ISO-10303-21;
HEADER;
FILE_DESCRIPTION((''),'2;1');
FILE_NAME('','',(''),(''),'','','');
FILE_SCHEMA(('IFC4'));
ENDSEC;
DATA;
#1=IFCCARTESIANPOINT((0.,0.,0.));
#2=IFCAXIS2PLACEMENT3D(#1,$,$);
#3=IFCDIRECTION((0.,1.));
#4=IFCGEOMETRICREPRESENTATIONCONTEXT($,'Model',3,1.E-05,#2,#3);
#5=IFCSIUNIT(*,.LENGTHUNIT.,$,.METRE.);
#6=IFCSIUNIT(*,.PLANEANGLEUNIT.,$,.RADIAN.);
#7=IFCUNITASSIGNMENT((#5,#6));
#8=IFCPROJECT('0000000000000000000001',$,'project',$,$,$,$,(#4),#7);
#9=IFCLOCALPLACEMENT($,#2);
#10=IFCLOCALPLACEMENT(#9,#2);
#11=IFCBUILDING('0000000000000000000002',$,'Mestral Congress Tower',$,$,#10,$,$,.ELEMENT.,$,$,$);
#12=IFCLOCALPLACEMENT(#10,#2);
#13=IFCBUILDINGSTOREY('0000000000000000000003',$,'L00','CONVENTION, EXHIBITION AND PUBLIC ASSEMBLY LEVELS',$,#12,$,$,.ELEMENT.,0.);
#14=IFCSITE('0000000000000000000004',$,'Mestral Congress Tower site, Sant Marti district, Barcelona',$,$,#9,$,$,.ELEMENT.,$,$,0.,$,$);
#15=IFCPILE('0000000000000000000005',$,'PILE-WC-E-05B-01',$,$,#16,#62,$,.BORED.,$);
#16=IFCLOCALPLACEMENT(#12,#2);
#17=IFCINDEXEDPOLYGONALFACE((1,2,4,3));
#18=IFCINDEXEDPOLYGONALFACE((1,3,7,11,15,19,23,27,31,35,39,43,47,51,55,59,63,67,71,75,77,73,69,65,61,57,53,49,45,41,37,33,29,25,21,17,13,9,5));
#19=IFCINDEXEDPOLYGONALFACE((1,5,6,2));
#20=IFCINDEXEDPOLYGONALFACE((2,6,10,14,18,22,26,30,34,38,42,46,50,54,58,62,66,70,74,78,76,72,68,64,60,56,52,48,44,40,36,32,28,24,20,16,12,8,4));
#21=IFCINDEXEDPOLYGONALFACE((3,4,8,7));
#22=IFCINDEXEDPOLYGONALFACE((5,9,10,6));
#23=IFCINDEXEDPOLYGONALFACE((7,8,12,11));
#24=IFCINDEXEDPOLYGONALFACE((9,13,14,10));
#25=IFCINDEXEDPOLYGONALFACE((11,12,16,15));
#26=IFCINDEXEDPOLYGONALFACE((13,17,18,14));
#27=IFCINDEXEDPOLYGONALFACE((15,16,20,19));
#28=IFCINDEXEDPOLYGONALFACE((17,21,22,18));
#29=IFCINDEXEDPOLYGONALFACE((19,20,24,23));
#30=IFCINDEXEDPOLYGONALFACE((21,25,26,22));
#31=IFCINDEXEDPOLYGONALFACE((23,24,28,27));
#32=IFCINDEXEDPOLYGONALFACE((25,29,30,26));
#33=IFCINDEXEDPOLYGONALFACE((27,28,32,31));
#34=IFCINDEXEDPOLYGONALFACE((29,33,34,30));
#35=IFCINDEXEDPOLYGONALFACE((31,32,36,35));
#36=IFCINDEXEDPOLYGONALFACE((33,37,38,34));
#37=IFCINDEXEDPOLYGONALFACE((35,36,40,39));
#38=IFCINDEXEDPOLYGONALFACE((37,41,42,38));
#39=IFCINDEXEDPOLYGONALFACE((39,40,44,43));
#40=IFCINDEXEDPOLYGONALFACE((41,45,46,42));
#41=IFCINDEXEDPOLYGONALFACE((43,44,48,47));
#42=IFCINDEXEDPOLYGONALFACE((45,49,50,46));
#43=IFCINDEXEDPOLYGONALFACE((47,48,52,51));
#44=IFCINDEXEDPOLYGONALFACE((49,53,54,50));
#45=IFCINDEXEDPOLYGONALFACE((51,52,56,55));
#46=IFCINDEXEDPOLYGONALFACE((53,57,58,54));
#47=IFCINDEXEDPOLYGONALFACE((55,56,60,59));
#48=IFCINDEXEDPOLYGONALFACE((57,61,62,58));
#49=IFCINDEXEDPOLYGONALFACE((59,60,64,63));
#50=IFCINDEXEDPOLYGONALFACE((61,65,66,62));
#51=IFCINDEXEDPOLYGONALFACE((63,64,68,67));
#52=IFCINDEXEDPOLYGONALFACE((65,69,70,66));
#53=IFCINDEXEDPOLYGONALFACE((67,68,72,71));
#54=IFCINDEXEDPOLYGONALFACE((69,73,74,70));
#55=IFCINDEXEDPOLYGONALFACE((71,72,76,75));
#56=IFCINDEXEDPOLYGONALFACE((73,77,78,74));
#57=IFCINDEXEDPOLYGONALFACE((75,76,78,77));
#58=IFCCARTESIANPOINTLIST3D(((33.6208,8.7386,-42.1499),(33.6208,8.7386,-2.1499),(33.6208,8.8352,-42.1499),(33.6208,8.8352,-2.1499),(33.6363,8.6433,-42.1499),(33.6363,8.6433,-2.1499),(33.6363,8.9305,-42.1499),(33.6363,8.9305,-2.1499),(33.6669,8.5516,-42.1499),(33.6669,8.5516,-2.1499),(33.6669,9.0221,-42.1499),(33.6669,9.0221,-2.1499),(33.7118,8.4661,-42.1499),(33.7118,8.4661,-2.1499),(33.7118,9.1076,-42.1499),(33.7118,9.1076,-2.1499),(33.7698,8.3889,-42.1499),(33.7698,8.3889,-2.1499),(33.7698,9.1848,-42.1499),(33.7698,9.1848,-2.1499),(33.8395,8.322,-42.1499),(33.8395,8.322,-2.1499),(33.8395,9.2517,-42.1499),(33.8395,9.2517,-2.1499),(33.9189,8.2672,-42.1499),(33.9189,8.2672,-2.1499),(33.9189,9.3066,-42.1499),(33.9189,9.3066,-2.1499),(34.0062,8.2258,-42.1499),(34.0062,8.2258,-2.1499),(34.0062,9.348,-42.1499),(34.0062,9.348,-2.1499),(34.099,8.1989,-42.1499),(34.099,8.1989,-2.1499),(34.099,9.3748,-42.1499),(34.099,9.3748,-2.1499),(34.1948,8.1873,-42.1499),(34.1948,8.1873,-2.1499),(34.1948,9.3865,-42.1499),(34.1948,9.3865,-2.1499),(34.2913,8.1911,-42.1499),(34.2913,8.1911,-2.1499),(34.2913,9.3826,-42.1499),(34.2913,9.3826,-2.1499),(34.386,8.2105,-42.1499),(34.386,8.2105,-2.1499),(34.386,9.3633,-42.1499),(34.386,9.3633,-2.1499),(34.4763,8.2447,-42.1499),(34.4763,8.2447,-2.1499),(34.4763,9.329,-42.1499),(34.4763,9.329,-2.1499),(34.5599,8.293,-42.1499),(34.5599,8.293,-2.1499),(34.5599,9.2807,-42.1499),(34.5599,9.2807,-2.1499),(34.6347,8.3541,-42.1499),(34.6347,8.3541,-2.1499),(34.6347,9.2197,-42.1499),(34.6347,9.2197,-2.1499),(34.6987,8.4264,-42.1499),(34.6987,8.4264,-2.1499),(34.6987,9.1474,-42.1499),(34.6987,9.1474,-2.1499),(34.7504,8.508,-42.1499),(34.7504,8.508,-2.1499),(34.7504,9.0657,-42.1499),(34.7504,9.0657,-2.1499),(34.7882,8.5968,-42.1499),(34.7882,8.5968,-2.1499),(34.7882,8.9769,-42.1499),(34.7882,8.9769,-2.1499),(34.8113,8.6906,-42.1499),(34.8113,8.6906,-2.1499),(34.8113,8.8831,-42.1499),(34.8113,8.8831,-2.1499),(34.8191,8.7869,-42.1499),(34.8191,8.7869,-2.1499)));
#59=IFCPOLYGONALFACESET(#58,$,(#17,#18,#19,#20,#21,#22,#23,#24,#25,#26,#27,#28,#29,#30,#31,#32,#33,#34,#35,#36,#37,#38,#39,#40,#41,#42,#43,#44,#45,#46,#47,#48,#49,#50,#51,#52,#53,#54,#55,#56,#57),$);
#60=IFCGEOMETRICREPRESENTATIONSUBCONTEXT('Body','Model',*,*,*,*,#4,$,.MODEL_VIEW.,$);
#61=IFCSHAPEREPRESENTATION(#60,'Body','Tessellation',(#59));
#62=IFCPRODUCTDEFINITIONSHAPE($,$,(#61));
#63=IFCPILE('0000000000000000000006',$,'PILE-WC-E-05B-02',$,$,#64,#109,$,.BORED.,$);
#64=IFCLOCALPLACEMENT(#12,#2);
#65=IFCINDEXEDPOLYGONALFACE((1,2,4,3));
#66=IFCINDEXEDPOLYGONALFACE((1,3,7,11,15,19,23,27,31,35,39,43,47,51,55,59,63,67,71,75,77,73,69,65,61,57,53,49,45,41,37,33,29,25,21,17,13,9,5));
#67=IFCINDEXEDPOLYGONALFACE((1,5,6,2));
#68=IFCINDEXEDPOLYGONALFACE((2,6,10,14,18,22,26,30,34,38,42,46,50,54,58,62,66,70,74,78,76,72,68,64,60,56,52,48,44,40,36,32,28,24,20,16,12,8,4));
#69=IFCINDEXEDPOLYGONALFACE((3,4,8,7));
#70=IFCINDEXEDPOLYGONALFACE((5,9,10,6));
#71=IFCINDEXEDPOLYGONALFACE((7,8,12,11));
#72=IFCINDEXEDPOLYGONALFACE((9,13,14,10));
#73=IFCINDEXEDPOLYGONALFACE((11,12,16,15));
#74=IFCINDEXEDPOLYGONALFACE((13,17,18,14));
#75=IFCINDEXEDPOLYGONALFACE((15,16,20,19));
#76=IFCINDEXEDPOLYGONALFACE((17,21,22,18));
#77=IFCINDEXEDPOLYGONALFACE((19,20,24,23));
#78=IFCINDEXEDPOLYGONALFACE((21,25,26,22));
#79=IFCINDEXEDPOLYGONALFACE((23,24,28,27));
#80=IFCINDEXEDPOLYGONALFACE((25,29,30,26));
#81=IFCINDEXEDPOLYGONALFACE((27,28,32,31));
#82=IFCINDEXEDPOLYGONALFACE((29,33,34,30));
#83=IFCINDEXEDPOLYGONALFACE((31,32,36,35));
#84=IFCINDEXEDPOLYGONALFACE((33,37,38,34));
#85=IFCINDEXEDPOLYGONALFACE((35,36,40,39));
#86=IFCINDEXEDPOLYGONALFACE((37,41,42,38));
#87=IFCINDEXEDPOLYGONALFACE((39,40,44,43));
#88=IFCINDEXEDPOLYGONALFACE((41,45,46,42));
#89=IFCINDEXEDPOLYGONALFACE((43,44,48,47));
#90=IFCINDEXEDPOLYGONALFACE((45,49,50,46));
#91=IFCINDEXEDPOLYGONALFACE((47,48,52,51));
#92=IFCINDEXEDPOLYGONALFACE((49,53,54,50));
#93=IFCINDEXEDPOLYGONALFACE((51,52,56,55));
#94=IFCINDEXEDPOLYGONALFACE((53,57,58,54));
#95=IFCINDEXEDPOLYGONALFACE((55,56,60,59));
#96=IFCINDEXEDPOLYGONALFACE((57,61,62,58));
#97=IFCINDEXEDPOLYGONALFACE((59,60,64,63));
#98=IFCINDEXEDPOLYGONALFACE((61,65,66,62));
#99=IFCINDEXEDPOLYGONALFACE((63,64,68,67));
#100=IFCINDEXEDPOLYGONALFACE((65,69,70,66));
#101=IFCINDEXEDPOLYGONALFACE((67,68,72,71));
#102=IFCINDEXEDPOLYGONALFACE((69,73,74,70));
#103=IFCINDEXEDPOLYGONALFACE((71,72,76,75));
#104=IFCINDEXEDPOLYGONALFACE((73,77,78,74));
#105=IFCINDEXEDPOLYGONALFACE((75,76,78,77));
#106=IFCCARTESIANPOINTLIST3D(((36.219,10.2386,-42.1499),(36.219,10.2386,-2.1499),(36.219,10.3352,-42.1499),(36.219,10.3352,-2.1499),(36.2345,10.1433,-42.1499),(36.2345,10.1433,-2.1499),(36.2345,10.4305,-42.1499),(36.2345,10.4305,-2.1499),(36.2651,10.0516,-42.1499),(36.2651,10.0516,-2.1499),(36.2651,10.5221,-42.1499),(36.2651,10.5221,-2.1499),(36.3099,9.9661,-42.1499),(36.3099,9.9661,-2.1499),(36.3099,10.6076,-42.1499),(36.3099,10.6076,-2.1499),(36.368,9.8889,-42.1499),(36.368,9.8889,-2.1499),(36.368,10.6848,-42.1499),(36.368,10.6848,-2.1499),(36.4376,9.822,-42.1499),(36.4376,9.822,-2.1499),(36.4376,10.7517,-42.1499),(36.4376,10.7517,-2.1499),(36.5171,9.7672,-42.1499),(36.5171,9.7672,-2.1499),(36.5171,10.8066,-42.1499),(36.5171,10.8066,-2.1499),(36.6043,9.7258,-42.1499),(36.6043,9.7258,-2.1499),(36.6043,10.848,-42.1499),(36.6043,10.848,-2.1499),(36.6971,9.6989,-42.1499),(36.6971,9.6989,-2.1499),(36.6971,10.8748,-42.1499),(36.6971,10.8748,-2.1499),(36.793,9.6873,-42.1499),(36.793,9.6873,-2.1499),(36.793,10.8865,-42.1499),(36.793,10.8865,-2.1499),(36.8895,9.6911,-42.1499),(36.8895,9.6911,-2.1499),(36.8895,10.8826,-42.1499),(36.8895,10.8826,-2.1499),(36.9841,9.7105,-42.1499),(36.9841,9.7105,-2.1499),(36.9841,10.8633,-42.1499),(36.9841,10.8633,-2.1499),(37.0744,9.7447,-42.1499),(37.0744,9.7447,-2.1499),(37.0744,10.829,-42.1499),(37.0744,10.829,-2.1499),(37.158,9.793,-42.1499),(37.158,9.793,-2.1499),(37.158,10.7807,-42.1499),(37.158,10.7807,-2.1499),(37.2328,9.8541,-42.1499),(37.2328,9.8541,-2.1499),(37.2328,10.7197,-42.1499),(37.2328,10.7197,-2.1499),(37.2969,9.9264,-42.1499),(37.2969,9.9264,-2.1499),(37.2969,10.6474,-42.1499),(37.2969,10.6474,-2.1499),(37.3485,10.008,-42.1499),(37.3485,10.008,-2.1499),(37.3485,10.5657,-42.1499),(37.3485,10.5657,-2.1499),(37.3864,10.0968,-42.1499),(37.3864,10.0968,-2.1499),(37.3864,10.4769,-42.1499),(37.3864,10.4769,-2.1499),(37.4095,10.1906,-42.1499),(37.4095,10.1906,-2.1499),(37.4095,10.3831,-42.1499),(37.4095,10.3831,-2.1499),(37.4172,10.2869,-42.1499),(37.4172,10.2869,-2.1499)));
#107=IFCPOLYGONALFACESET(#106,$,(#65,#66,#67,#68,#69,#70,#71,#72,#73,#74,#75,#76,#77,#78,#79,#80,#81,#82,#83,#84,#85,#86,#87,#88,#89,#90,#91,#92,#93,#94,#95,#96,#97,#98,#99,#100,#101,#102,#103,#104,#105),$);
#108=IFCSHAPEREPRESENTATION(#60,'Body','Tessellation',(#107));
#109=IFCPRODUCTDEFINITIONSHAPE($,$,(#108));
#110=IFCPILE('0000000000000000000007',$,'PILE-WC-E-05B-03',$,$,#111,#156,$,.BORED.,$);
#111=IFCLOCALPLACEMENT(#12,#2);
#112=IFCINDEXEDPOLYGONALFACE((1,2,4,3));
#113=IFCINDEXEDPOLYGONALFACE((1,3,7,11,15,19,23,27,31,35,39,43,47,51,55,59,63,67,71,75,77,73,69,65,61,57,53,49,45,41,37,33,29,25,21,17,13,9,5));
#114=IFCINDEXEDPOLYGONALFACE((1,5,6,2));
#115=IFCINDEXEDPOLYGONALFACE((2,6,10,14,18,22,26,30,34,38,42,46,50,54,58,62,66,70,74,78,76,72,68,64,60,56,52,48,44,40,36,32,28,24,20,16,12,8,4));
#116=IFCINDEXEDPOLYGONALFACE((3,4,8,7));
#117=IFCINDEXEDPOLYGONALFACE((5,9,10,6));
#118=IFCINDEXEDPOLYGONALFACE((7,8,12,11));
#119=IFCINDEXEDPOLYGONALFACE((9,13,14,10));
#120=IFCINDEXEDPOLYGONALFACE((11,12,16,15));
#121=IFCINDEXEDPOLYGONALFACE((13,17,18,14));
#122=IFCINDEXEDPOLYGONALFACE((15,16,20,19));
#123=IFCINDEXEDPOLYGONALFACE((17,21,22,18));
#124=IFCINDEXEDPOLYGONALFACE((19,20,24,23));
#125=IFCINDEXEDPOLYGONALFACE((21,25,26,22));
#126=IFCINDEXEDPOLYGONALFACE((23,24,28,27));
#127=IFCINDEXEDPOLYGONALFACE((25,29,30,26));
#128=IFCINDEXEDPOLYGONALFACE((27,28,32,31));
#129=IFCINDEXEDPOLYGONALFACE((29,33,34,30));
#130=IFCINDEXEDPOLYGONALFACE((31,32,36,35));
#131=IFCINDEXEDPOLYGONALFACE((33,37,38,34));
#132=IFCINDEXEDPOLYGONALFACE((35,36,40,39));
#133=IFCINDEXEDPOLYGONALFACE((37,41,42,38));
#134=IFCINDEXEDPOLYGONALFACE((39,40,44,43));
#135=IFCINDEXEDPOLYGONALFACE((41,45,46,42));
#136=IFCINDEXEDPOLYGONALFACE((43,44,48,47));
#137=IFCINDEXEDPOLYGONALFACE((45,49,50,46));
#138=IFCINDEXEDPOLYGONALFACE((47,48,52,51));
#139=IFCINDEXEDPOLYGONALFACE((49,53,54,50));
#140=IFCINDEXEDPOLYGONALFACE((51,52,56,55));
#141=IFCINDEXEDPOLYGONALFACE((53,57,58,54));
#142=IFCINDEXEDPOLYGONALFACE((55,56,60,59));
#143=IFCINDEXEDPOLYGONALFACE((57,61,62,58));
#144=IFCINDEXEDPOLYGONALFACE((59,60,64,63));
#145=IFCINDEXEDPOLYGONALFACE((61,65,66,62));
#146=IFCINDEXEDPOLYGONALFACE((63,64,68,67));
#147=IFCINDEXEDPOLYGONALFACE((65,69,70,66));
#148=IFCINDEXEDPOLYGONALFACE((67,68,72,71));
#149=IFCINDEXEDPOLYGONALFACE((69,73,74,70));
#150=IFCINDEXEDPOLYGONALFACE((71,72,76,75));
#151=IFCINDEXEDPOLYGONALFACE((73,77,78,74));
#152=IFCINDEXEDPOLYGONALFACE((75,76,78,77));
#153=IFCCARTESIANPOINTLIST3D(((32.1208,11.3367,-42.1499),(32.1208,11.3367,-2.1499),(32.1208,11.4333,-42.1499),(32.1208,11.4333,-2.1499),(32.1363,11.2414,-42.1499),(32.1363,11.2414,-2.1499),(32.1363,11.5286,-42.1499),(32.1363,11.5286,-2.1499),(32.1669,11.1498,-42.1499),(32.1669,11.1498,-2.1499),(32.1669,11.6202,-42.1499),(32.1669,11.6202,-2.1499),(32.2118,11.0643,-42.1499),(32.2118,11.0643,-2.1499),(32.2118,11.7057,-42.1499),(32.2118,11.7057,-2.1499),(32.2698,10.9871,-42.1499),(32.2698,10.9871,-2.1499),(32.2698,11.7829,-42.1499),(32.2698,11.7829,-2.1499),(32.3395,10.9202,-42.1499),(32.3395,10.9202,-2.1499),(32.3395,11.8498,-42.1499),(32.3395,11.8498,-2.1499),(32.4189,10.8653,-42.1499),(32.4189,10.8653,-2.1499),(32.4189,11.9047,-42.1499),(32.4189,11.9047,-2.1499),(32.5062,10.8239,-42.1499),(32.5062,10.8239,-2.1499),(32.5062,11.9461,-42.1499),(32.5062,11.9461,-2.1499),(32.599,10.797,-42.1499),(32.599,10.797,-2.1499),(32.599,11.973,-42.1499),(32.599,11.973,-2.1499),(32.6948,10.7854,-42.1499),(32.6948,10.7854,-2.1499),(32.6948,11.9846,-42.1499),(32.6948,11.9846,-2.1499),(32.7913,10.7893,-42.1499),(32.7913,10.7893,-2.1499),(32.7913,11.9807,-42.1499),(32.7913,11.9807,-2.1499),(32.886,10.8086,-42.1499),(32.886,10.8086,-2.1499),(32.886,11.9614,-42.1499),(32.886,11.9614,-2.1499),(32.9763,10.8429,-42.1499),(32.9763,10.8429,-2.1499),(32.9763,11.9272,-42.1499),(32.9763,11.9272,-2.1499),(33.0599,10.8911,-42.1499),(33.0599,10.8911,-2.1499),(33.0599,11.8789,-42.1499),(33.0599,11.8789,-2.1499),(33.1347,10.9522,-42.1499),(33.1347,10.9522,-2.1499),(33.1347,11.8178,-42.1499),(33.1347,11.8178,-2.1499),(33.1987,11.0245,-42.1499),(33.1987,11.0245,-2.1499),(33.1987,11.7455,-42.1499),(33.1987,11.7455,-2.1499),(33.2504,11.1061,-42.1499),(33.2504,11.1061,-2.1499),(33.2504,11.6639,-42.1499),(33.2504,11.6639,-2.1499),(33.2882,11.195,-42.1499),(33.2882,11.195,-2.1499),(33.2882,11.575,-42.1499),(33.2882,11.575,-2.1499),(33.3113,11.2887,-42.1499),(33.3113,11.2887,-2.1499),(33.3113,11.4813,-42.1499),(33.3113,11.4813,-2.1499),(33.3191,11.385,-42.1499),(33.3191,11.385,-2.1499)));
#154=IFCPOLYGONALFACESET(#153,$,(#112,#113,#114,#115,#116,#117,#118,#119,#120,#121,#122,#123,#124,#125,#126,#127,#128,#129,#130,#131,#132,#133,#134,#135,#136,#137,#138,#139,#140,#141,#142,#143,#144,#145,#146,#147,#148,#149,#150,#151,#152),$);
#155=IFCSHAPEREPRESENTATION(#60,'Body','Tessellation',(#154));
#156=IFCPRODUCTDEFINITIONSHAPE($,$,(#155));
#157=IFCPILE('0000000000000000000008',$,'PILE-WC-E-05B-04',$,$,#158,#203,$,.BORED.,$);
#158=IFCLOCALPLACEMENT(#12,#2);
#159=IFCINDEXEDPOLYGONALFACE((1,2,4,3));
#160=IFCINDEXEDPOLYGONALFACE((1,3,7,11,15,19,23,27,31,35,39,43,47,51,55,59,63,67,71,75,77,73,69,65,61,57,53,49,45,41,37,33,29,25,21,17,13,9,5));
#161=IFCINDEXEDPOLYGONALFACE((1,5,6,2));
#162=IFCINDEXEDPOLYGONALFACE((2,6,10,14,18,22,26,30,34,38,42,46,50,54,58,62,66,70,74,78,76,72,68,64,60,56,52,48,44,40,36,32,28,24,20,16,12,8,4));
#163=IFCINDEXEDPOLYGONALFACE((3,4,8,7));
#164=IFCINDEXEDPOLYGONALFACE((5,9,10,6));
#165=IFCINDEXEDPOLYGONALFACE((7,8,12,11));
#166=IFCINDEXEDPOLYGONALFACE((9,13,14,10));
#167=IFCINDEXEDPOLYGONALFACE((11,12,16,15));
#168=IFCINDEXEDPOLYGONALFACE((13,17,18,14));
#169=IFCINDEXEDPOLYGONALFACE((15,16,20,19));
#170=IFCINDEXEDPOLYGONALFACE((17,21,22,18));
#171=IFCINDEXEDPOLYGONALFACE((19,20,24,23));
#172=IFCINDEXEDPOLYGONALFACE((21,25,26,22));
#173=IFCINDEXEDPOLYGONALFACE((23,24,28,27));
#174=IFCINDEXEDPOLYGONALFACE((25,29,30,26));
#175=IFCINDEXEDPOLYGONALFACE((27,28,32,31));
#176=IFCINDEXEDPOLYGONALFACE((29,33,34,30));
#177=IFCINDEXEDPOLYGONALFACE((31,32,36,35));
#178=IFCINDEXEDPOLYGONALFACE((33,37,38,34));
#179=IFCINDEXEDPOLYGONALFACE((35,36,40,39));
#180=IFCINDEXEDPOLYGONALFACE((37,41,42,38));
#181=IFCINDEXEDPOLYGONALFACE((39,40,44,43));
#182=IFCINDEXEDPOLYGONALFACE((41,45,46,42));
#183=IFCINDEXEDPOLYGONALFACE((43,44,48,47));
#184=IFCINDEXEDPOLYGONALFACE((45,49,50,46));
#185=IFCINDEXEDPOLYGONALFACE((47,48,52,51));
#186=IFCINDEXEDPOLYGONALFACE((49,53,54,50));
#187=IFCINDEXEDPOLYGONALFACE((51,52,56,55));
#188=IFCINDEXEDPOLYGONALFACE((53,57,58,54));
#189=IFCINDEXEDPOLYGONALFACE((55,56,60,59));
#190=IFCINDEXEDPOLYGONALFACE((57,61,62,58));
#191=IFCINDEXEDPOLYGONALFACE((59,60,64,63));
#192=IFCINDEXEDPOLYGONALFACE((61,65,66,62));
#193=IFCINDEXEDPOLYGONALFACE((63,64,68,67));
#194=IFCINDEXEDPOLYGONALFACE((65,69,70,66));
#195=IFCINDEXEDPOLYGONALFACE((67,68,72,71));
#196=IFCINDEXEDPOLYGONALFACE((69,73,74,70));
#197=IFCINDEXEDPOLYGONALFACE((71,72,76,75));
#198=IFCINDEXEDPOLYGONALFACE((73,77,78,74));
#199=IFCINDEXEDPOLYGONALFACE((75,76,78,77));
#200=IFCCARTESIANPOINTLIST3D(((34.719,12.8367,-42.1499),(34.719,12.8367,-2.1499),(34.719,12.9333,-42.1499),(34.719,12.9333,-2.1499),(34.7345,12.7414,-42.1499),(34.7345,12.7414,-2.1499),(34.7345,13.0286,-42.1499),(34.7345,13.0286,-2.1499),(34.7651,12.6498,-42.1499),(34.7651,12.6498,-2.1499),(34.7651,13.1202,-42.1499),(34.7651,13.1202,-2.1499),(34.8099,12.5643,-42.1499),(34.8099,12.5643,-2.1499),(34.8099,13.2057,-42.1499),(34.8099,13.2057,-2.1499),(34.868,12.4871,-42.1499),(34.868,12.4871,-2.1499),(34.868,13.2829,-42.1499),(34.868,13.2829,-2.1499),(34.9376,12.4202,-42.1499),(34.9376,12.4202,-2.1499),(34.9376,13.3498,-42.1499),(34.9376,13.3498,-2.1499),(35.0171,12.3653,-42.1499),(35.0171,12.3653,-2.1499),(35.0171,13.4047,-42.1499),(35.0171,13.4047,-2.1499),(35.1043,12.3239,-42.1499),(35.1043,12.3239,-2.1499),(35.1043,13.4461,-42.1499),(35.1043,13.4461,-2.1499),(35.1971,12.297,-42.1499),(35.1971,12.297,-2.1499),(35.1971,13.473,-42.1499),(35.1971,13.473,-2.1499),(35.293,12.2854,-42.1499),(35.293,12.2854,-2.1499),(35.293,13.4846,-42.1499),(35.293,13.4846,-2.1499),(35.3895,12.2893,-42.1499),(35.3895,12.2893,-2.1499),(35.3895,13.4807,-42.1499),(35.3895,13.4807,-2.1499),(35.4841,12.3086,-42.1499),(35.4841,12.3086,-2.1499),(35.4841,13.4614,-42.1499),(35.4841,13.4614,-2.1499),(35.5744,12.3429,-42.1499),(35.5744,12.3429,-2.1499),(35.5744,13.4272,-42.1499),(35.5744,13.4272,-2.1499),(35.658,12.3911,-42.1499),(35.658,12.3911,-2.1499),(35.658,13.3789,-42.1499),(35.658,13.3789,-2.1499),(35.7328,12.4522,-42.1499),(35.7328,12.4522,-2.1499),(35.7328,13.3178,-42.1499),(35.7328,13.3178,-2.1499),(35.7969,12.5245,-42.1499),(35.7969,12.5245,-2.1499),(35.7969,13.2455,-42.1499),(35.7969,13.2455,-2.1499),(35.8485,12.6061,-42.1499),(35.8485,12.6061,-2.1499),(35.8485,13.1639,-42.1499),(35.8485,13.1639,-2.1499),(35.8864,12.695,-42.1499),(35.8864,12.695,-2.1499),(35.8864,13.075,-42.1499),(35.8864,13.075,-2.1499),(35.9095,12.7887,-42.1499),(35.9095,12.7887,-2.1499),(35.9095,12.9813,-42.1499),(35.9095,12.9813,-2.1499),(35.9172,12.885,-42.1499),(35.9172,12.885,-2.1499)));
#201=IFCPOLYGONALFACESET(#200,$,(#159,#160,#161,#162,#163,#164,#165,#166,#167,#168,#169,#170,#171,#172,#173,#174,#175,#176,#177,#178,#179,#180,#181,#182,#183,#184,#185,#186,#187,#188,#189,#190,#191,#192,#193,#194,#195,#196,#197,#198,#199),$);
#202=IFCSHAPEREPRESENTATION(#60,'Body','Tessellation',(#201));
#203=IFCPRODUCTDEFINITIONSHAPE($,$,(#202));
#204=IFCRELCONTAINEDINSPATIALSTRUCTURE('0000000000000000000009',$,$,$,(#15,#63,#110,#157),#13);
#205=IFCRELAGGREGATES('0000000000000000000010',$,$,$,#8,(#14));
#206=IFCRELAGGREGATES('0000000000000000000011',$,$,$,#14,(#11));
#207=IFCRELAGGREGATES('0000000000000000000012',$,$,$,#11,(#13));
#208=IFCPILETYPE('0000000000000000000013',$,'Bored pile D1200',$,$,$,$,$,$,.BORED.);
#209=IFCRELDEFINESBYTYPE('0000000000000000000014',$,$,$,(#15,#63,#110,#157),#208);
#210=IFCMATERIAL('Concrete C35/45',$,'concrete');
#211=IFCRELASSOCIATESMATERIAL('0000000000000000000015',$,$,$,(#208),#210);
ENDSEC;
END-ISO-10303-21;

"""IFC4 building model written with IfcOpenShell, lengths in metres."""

from ifc_helpers import new_model, si_unit, direction, frame, origin, origin_2d, place, context, subcontext, project, spatial, circle, extrude, material, material_profile, profile_set, type_object, element, save


model = new_model("IFC4")

# Units and contexts
model_context = context("Model", 3, precision=1e-05, world=origin(), true_north=direction((0.0, 1.0)))
body_context = subcontext(model_context, "Body", "Model", "MODEL_VIEW")
ifc_project = project(units=[si_unit("LENGTHUNIT", "METRE"), si_unit("PLANEANGLEUNIT", "RADIAN")], contexts=[model_context])

# Site, building, storey
site_placement = place(None, origin())
site = spatial("IfcSite", under=ifc_project, at=site_placement, Name="Mestral Congress Tower site, Sant Marti district, Barcelona", CompositionType="ELEMENT", RefElevation=0.0)
building_placement = place(site_placement, origin())
building = spatial("IfcBuilding", under=site, at=building_placement, Name="Mestral Congress Tower", CompositionType="ELEMENT")
storey_placement = place(building_placement, origin())
storey = spatial("IfcBuildingStorey", under=building, at=storey_placement, Name="L00", Description="CONVENTION, EXHIBITION AND PUBLIC ASSEMBLY LEVELS", CompositionType="ELEMENT", Elevation=0.0)

# Piles
ifc_material_1 = material(Name="Concrete C35/45", Category="concrete")
ifc_material_profile_1 = material_profile(ifc_material_1, circle(Radius=0.6001, at=origin_2d()), Name="D1200")
ifc_profile_set_1 = profile_set([ifc_material_profile_1], Name="Concrete C35/45")
pile_type = type_object("IfcPileType", Name="Bored pile D1200", PredefinedType="BORED", material=ifc_profile_set_1)
for number, where, z_axis, x_axis, name in (
    (1, (34.219, 8.7869, -2.1499), (0.0, 0.0, -1.0), (1.0, 0.0, 0.0), "PILE-WC-E-05B-01"),
    (2, (36.8171, 10.2869, -2.1499), (0.0, 0.0, -1.0), (1.0, 0.0, 0.0), "PILE-WC-E-05B-02"),
    (3, (32.719, 11.385, -2.1499), (0.0, 0.0, -1.0), (1.0, 0.0, 0.0), "PILE-WC-E-05B-03"),
    (4, (35.3171, 12.885, -2.1499), (0.0, 0.0, -1.0), (1.0, 0.0, 0.0), "PILE-WC-E-05B-04"),
):
    element("IfcPile", number, at=place(storey_placement, frame(where, z_axis=z_axis, x_axis=x_axis)), inside=storey, type_object=pile_type, Name=name, PredefinedType="BORED", context=body_context, shape_type="SweptSolid", body=[
        extrude(circle(Radius=0.6001, at=origin_2d()), origin(), (0.0, 0.0, 1.0), 40.0),
    ])

save(model, "model.ifc")
